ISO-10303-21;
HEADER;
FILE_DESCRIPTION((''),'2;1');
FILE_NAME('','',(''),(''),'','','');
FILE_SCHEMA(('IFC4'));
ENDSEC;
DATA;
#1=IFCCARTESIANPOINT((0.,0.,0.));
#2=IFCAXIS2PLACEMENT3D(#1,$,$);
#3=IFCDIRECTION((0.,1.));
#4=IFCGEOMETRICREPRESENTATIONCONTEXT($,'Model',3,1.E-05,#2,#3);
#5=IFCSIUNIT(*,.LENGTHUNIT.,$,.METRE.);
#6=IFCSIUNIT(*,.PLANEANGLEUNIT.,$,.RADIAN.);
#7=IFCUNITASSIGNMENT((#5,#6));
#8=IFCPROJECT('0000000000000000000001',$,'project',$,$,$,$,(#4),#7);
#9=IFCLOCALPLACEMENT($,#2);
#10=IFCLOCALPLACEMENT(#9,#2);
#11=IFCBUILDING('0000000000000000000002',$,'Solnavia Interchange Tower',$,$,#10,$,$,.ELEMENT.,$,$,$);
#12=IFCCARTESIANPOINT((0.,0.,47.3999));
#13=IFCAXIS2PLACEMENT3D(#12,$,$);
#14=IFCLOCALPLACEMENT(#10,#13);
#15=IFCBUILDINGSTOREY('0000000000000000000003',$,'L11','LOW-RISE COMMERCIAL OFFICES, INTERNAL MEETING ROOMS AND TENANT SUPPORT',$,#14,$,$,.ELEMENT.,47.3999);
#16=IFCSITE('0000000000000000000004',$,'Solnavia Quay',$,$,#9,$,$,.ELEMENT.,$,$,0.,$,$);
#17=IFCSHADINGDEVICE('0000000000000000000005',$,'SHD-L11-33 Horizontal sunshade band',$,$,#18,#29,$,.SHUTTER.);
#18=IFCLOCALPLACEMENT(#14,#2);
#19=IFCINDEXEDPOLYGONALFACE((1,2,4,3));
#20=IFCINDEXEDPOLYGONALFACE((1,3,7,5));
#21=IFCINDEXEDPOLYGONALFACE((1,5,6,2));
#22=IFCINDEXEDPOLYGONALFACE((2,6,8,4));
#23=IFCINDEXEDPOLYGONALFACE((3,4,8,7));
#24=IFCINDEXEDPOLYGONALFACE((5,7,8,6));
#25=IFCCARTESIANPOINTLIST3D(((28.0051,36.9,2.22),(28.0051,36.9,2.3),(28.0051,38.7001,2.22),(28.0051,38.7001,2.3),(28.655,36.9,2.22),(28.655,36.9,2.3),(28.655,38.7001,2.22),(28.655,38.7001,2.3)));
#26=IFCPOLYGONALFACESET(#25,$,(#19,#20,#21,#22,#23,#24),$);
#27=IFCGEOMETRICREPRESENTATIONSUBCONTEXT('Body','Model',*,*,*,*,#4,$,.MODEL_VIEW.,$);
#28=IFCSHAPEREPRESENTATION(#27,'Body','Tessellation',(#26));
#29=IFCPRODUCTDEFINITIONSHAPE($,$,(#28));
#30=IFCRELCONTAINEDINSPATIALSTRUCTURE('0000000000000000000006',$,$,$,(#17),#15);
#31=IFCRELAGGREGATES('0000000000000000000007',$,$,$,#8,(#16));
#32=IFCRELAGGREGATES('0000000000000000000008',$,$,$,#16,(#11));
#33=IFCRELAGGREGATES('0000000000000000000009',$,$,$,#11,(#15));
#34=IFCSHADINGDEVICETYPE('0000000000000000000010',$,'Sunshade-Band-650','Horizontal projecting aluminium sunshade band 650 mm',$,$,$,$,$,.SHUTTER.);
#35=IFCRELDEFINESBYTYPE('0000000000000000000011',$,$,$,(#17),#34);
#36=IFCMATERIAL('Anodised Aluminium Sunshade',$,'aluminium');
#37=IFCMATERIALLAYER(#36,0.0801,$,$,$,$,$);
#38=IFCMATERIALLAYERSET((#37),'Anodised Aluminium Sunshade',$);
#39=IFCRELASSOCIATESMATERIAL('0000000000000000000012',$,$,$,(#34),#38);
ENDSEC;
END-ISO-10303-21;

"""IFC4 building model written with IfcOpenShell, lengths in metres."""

from ifc_helpers import new_model, si_unit, direction, frame, origin, origin_2d, place, context, subcontext, project, spatial, rectangle, extrude, material, layer, layer_set, type_object, element, save


model = new_model("IFC4")

# Units and contexts
model_context = context("Model", 3, precision=1e-05, world=origin(), true_north=direction((0.0, 1.0)))
body_context = subcontext(model_context, "Body", "Model", "MODEL_VIEW")
ifc_project = project(units=[si_unit("LENGTHUNIT", "METRE"), si_unit("PLANEANGLEUNIT", "RADIAN")], contexts=[model_context])

# Site, building, storey
site_placement = place(None, origin())
site = spatial("IfcSite", under=ifc_project, at=site_placement, Name="Solnavia Quay", CompositionType="ELEMENT", RefElevation=0.0)
building_placement = place(site_placement, origin())
building = spatial("IfcBuilding", under=site, at=building_placement, Name="Solnavia Interchange Tower", CompositionType="ELEMENT")
storey_placement = place(building_placement, frame((0.0, 0.0, 47.3999)))
storey = spatial("IfcBuildingStorey", under=building, at=storey_placement, Name="L11", Description="LOW-RISE COMMERCIAL OFFICES, INTERNAL MEETING ROOMS AND TENANT SUPPORT", CompositionType="ELEMENT", Elevation=47.3999)

# Shading device
ifc_material_1 = material(Name="Anodised Aluminium Sunshade", Category="aluminium")
ifc_layer_1 = layer(ifc_material_1, 0.0801)
ifc_layer_set_1 = layer_set([ifc_layer_1], Name="Anodised Aluminium Sunshade")
shading_device_type = type_object("IfcShadingDeviceType", Name="Sunshade-Band-650", Description="Horizontal projecting aluminium sunshade band 650 mm", PredefinedType="SHUTTER", material=ifc_layer_set_1)
for number, where, z_axis, x_axis, name in (
    (1, (28.3301, 37.8, 2.22), (0.0, 0.0, 1.0), (0.0, 1.0, 0.0), "SHD-L11-33 Horizontal sunshade band"),
):
    element("IfcShadingDevice", number, at=place(storey_placement, frame(where, z_axis=z_axis, x_axis=x_axis)), inside=storey, type_object=shading_device_type, Name=name, PredefinedType="SHUTTER", context=body_context, shape_type="SweptSolid", body=[
        extrude(rectangle(XDim=1.8, YDim=0.6499, at=origin_2d()), origin(), (0.0, 0.0, 1.0), 0.0801),
    ])

save(model, "model.ifc")
